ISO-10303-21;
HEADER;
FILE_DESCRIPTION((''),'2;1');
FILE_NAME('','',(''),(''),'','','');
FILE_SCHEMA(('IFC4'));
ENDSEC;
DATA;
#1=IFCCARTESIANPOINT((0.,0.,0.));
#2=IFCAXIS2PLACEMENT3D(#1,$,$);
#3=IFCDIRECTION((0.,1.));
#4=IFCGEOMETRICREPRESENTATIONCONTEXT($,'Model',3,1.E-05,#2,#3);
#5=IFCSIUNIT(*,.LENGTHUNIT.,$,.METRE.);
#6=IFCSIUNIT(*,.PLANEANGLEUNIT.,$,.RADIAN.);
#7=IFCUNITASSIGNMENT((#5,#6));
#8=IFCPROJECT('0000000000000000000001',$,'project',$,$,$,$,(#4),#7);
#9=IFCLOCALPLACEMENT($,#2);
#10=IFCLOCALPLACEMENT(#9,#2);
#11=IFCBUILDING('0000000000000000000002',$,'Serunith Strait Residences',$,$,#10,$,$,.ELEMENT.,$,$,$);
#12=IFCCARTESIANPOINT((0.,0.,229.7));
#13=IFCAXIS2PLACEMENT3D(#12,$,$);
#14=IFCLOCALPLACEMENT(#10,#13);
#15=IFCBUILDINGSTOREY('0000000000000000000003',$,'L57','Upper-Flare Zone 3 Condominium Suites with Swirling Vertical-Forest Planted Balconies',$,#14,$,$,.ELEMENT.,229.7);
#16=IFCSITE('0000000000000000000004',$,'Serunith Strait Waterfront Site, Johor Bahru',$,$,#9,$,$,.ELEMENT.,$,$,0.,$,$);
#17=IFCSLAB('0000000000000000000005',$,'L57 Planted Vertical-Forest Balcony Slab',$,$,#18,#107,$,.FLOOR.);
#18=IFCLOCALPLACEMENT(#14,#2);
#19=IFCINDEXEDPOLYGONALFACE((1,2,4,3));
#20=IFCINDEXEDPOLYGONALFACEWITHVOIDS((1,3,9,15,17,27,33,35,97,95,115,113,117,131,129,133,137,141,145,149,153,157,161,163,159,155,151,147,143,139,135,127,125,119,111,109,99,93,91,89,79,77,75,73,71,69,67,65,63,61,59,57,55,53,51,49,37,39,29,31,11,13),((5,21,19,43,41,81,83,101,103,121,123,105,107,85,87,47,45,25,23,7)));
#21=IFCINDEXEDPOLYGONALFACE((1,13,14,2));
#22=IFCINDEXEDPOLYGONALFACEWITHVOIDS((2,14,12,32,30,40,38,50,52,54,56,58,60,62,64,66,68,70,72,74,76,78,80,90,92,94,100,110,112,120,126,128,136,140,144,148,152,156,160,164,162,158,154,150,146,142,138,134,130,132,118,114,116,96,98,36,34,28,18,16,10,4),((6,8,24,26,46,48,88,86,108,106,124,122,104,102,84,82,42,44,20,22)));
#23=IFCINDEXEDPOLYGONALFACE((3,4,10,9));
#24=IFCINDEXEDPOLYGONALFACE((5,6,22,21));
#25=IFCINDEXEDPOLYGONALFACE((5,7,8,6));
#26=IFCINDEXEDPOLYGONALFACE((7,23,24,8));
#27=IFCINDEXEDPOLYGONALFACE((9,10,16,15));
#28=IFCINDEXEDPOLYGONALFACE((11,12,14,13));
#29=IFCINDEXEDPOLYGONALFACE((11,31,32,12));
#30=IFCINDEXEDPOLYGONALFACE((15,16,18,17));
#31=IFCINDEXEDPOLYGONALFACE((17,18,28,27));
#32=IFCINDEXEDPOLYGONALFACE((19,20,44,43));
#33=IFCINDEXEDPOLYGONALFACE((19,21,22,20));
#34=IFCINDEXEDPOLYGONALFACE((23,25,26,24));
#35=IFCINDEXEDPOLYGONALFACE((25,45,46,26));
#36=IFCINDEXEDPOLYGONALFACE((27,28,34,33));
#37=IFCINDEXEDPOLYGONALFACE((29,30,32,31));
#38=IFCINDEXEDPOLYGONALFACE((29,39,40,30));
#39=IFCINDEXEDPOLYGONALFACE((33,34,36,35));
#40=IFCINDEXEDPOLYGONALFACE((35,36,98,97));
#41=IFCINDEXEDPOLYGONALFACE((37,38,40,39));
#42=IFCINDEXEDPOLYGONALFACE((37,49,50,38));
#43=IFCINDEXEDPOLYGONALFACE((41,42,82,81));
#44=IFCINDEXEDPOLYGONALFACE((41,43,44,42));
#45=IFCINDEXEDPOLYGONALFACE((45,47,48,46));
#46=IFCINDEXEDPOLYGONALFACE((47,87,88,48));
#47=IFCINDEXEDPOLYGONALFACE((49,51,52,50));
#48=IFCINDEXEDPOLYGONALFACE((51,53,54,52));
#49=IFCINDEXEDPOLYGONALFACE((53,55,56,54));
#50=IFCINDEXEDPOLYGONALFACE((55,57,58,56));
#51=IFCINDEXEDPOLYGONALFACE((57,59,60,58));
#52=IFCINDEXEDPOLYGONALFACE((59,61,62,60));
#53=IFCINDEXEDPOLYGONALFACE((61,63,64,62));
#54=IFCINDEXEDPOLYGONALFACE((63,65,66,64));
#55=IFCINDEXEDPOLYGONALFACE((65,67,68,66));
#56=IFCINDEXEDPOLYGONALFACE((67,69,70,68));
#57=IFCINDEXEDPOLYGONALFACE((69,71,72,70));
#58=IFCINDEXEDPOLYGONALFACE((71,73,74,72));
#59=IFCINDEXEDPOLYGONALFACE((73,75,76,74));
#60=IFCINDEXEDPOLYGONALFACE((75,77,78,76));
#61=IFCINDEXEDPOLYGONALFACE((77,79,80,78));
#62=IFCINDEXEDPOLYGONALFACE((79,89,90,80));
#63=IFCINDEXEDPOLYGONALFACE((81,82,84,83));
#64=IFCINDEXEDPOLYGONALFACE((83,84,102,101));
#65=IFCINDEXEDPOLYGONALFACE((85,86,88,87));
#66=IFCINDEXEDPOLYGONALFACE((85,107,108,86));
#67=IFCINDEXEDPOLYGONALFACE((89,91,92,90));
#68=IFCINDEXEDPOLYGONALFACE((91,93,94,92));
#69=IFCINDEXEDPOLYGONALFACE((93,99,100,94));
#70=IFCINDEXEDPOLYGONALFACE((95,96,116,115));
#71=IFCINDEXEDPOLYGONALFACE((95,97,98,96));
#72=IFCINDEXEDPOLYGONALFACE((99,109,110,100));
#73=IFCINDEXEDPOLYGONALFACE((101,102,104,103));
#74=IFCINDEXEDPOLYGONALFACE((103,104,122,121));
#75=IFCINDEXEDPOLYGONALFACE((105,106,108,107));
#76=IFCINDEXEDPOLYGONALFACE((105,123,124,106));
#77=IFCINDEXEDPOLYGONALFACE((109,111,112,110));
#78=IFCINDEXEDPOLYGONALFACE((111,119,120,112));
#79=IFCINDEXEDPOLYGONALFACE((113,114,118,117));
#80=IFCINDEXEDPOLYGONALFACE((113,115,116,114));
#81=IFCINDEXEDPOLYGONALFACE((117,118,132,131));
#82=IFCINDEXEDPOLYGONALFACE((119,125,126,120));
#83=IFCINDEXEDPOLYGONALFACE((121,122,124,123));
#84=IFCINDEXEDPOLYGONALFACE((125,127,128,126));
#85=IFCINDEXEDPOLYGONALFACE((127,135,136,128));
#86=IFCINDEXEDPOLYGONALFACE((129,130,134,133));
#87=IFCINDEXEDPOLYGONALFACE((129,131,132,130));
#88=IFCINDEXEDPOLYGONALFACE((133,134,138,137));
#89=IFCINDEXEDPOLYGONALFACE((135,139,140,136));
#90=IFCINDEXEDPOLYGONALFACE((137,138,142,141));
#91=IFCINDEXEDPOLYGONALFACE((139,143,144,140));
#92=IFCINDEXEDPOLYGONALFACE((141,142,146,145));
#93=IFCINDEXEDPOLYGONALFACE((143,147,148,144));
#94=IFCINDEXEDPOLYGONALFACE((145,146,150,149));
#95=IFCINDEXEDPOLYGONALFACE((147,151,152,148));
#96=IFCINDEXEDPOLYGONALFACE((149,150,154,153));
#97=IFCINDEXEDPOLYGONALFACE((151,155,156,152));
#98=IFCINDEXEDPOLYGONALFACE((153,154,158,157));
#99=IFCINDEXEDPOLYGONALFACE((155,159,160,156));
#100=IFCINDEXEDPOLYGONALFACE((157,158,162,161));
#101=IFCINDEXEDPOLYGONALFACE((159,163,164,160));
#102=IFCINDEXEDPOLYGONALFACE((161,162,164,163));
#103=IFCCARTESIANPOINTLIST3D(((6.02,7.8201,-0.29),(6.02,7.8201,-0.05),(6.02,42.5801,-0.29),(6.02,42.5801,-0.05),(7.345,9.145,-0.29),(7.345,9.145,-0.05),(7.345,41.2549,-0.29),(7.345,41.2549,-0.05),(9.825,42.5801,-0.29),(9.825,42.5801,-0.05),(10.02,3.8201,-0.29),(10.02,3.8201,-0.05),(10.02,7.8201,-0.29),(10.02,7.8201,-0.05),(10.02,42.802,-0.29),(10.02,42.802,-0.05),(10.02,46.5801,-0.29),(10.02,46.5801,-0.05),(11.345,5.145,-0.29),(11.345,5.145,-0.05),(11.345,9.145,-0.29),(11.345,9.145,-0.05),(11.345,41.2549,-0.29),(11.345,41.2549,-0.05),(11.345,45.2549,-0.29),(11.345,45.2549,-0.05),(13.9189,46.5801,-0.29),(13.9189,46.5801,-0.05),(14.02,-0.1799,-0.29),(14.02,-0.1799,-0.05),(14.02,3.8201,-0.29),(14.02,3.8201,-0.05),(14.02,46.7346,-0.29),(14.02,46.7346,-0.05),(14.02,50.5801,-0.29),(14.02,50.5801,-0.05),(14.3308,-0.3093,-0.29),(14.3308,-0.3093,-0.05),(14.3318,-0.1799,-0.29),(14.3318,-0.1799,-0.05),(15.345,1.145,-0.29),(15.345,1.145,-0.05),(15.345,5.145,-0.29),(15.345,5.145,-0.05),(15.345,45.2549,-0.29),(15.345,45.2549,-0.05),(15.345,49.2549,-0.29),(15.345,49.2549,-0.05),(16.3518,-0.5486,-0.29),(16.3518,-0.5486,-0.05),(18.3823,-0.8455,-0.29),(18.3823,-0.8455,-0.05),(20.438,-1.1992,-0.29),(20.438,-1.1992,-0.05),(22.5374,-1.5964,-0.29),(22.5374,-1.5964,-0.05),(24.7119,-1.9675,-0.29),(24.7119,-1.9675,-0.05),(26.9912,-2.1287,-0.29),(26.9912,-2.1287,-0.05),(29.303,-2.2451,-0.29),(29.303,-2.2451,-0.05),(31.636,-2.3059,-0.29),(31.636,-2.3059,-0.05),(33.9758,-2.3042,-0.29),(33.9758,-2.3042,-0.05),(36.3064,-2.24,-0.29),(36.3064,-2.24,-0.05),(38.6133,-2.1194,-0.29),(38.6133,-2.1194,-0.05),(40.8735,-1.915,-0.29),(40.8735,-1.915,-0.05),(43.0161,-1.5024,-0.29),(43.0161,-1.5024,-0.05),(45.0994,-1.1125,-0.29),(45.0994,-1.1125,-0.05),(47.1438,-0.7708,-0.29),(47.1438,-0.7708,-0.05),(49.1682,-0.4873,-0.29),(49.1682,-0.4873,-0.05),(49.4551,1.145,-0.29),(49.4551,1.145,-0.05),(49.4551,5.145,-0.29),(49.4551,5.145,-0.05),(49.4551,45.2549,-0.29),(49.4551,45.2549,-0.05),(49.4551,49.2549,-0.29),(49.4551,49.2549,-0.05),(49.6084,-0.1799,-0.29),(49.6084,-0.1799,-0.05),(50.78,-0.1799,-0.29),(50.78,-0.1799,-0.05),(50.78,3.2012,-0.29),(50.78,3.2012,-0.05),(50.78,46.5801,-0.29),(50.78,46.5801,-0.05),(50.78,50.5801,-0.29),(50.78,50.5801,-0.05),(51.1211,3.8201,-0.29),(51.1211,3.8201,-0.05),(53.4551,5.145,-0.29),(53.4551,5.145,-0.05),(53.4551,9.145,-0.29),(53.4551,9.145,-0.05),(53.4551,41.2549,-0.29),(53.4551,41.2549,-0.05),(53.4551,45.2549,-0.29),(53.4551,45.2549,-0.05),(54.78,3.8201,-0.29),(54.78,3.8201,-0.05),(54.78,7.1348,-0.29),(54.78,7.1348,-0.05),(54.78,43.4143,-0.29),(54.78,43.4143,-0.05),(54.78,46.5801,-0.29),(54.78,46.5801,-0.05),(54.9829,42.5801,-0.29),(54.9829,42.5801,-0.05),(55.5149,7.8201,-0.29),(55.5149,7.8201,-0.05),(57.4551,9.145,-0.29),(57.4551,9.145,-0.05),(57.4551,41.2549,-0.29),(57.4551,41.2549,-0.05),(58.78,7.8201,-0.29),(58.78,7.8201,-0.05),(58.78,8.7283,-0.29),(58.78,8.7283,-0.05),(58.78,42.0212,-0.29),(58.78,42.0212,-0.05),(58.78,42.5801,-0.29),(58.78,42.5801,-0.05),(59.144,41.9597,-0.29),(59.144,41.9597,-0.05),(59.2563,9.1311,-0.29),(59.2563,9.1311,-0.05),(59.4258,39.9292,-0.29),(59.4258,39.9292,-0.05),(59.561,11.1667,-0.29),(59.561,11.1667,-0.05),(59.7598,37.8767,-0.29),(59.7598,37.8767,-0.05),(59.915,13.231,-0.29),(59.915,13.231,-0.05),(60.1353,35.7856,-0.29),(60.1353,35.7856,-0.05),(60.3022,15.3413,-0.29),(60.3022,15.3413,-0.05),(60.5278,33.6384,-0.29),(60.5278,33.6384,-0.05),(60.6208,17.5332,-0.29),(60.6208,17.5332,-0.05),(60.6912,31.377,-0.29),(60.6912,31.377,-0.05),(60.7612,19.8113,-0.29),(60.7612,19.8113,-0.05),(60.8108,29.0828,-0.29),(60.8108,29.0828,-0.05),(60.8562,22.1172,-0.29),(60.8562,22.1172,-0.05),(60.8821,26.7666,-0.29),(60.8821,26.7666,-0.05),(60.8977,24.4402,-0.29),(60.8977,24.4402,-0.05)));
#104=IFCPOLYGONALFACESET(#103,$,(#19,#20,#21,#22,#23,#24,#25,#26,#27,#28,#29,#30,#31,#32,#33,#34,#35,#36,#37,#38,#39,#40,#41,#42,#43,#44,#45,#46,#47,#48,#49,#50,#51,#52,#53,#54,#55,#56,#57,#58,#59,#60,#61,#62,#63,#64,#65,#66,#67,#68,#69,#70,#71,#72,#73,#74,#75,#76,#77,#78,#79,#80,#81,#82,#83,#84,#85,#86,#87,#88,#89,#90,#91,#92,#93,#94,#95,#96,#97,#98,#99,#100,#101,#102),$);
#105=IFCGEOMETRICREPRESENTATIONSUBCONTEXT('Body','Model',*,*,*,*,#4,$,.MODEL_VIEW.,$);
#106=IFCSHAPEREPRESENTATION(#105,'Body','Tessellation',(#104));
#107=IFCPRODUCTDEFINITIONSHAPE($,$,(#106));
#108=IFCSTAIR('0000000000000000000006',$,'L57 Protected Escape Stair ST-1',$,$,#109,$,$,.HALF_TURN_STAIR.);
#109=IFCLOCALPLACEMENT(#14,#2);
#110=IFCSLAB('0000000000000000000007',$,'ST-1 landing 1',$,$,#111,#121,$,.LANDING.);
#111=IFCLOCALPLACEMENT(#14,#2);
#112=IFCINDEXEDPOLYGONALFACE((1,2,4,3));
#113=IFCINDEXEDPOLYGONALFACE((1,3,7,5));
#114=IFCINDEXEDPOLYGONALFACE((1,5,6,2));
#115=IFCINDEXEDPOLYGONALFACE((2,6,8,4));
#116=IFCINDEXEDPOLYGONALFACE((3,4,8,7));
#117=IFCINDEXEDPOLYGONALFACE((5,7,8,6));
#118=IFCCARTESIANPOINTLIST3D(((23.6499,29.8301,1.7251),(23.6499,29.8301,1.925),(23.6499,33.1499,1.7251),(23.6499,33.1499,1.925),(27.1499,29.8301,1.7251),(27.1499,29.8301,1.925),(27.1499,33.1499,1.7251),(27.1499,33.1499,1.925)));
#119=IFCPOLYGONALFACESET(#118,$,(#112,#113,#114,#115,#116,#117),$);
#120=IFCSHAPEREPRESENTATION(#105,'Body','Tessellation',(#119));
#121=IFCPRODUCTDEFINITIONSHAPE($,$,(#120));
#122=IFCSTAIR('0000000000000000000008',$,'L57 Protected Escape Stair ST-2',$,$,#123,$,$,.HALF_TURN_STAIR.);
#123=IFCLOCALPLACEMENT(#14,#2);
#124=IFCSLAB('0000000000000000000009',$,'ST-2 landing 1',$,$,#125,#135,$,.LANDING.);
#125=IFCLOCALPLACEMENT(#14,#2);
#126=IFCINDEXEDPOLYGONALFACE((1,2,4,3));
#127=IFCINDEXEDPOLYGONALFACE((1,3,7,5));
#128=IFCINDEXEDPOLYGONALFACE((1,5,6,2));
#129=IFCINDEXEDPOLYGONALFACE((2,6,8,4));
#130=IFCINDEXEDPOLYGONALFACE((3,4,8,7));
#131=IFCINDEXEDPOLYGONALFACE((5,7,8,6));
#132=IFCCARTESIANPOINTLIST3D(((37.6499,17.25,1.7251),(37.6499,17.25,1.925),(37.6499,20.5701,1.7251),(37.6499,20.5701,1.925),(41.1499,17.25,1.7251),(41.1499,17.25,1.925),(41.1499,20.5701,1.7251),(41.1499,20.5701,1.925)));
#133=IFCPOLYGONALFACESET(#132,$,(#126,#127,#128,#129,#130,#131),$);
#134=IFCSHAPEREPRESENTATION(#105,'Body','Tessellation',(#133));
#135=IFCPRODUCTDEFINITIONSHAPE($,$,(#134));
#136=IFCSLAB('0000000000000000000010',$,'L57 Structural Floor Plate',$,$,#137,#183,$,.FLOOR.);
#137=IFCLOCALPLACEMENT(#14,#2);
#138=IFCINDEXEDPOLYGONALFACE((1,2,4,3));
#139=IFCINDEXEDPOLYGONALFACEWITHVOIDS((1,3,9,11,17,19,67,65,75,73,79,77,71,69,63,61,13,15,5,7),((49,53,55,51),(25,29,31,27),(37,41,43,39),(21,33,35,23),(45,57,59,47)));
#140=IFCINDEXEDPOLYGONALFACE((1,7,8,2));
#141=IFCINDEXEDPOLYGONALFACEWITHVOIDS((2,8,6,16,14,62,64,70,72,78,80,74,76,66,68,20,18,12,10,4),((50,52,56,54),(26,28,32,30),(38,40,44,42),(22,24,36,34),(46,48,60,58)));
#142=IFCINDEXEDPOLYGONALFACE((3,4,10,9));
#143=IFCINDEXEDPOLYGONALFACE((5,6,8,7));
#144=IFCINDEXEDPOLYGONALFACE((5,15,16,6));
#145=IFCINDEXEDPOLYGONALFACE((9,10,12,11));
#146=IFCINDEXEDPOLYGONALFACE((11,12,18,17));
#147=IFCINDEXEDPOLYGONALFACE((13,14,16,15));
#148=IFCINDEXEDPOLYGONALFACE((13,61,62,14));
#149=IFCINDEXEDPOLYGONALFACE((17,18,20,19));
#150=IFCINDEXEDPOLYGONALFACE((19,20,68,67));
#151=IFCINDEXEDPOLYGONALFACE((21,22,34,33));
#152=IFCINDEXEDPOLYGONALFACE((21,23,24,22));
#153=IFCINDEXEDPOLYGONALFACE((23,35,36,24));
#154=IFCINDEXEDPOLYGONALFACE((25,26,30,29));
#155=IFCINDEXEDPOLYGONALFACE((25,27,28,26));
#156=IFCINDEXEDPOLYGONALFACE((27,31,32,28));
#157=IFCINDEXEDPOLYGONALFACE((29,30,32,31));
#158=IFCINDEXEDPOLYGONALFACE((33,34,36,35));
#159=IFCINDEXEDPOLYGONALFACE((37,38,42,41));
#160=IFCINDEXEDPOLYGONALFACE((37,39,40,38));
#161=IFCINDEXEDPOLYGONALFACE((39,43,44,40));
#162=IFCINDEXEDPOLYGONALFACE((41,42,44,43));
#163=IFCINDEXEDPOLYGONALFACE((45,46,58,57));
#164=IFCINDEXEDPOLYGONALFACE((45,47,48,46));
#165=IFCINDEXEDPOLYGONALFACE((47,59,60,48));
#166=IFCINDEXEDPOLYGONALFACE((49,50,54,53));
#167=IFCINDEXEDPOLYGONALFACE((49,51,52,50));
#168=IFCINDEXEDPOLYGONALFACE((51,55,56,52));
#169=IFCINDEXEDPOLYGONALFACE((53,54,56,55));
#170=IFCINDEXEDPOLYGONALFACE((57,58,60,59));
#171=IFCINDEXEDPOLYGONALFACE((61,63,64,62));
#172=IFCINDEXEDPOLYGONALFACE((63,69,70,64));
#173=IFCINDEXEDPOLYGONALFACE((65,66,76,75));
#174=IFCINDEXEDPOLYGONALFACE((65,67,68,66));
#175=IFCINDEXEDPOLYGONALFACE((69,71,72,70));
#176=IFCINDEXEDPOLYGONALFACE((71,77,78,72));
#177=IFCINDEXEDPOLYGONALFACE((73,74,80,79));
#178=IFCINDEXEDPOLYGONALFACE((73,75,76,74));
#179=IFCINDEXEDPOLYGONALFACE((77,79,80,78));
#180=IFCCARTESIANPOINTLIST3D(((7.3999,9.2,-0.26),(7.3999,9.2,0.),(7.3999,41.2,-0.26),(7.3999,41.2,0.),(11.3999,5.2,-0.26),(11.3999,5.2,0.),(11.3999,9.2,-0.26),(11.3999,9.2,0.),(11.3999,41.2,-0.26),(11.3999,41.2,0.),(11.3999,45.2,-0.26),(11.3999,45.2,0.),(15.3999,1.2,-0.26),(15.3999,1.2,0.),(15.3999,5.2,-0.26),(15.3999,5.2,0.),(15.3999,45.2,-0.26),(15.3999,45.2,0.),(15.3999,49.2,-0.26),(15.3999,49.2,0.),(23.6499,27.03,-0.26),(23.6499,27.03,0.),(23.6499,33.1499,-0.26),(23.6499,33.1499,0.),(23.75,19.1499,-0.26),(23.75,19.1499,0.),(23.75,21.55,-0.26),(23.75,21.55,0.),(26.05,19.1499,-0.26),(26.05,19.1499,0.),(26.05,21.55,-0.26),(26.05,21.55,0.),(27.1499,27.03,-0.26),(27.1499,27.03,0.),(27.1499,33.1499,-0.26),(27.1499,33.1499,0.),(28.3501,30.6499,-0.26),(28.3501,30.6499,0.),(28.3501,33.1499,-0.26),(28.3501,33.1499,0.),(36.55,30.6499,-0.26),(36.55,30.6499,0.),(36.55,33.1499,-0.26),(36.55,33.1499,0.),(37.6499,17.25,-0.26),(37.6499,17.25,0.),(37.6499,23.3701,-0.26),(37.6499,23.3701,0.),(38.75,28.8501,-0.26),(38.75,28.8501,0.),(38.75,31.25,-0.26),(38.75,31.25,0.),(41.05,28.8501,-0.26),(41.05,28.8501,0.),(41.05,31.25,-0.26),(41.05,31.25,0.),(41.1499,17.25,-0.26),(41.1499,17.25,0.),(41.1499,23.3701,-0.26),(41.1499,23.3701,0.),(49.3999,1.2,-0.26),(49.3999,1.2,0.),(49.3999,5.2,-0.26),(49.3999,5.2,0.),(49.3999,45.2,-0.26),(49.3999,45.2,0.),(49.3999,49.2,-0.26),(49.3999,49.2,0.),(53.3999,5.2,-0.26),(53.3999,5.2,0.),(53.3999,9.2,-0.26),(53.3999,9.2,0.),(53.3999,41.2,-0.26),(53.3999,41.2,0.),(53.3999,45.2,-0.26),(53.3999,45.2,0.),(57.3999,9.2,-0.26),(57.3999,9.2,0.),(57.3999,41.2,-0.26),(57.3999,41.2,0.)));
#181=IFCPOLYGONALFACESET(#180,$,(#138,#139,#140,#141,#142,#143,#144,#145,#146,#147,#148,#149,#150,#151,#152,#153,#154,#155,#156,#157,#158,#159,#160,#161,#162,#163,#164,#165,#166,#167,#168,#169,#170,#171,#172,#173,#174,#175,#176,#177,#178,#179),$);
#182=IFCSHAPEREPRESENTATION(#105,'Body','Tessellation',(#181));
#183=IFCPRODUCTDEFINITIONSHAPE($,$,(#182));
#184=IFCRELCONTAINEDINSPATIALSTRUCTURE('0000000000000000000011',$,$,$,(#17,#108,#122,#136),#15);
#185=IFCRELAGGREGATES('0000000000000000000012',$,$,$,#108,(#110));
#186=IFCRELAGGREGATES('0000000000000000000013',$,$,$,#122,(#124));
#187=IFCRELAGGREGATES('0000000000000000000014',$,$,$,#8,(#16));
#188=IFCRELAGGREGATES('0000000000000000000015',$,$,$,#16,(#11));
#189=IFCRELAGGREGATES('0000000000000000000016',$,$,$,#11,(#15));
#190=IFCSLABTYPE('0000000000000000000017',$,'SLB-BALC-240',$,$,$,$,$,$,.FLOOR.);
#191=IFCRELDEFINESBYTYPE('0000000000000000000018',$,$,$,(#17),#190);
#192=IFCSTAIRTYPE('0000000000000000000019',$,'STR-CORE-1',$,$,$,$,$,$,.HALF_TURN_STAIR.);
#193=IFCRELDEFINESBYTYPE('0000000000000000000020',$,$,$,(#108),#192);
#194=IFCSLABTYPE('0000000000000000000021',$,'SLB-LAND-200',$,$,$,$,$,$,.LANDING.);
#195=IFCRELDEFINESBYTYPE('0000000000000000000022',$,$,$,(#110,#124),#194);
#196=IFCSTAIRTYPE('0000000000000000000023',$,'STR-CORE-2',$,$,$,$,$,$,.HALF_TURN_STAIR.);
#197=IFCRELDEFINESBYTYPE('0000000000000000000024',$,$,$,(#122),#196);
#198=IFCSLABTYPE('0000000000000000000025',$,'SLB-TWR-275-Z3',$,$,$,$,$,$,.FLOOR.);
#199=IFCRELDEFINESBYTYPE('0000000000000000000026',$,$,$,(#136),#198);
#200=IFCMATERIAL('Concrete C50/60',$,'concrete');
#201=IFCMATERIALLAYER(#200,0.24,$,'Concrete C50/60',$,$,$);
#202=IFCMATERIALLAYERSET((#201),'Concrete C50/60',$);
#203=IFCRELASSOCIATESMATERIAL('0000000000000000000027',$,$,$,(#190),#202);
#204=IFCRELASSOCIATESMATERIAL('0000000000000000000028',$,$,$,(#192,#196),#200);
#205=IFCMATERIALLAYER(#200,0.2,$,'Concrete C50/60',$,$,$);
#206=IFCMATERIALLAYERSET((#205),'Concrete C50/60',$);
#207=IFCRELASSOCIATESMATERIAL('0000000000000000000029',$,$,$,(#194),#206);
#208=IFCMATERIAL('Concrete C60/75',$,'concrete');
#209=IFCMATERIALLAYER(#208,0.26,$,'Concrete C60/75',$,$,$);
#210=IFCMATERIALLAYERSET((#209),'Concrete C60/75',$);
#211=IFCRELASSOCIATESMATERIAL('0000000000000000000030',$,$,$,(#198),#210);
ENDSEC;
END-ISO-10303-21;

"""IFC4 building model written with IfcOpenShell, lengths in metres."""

from ifc_helpers import new_model, si_unit, direction, frame, origin, place, context, subcontext, project, spatial, polyline, outline, extrude, material, layer, layer_set, type_object, element, aggregate, save


model = new_model("IFC4")

# Units and contexts
model_context = context("Model", 3, precision=1e-05, world=origin(), true_north=direction((0.0, 1.0)))
body_context = subcontext(model_context, "Body", "Model", "MODEL_VIEW")
ifc_project = project(units=[si_unit("LENGTHUNIT", "METRE"), si_unit("PLANEANGLEUNIT", "RADIAN")], contexts=[model_context])

# Site, building, storey
site_placement = place(None, origin())
site = spatial("IfcSite", under=ifc_project, at=site_placement, Name="Serunith Strait Waterfront Site, Johor Bahru", CompositionType="ELEMENT", RefElevation=0.0)
building_placement = place(site_placement, origin())
building = spatial("IfcBuilding", under=site, at=building_placement, Name="Serunith Strait Residences", CompositionType="ELEMENT")
storey_placement = place(building_placement, frame((0.0, 0.0, 229.7)))
storey = spatial("IfcBuildingStorey", under=building, at=storey_placement, Name="L57", Description="Upper-Flare Zone 3 Condominium Suites with Swirling Vertical-Forest Planted Balconies", CompositionType="ELEMENT", Elevation=229.7)

# Slab
ifc_material_1 = material(Name="Concrete C50/60", Category="concrete")
ifc_layer_1 = layer(ifc_material_1, 0.24, Name="Concrete C50/60")
ifc_layer_set_1 = layer_set([ifc_layer_1], Name="Concrete C50/60")
slab_type_1 = type_object("IfcSlabType", Name="SLB-BALC-240", PredefinedType="FLOOR", material=ifc_layer_set_1)
slab_1_placement = place(storey_placement, frame((0.0, 0.0, -0.29)))
element("IfcSlab", 1, at=slab_1_placement, inside=storey, type_object=slab_type_1, Name="L57 Planted Vertical-Forest Balcony Slab", PredefinedType="FLOOR", context=body_context, shape_type="SweptSolid", body=[
    extrude(outline(polyline([(14.02, -0.1799), (14.02, 3.8201), (10.02, 3.8201), (10.02, 7.8201), (6.02, 7.8201), (6.02, 42.5801), (9.825, 42.5801), (10.02, 42.802), (10.02, 46.5801), (13.9189, 46.5801), (14.02, 46.7346), (14.02, 50.5801), (50.78, 50.5801), (50.78, 46.5801), (54.78, 46.5801), (54.78, 43.4143), (54.9829, 42.5801), (58.78, 42.5801), (58.78, 42.0212), (59.144, 41.9597), (59.4258, 39.9292), (59.7598, 37.8767), (60.1353, 35.7856), (60.5278, 33.6384), (60.6912, 31.377), (60.8108, 29.0828), (60.8821, 26.7666), (60.8977, 24.4402), (60.8562, 22.1172), (60.7612, 19.8113), (60.6208, 17.5332), (60.3022, 15.3413), (59.915, 13.231), (59.561, 11.1667), (59.2563, 9.1311), (58.78, 8.7283), (58.78, 7.8201), (55.5149, 7.8201), (54.78, 7.1348), (54.78, 3.8201), (51.1211, 3.8201), (50.78, 3.2012), (50.78, -0.1799), (49.6084, -0.1799), (49.1682, -0.4873), (47.1438, -0.7708), (45.0994, -1.1125), (43.0161, -1.5024), (40.8735, -1.915), (38.6133, -2.1194), (36.3064, -2.24), (33.9758, -2.3042), (31.636, -2.3059), (29.303, -2.2451), (26.9912, -2.1287), (24.7119, -1.9675), (22.5374, -1.5964), (20.438, -1.1992), (18.3823, -0.8455), (16.3518, -0.5486), (14.3308, -0.3093), (14.3318, -0.1799), (14.02, -0.1799)]), holes=[polyline([(49.4551, 1.145), (49.4551, 5.145), (53.4551, 5.145), (53.4551, 9.145), (57.4551, 9.145), (57.4551, 41.2549), (53.4551, 41.2549), (53.4551, 45.2549), (49.4551, 45.2549), (49.4551, 49.2549), (15.345, 49.2549), (15.345, 45.2549), (11.345, 45.2549), (11.345, 41.2549), (7.345, 41.2549), (7.345, 9.145), (11.345, 9.145), (11.345, 5.145), (15.345, 5.145), (15.345, 1.145), (49.4551, 1.145)])]), origin(), (0.0, 0.0, 1.0), 0.24),
])

# Stairs, slabs
stair_type_1 = type_object("IfcStairType", Name="STR-CORE-1", PredefinedType="HALF_TURN_STAIR", material=ifc_material_1)
stair_1_placement = place(storey_placement, origin())
stair_1 = element("IfcStair", 2, at=stair_1_placement, inside=storey, type_object=stair_type_1, Name="L57 Protected Escape Stair ST-1", PredefinedType="HALF_TURN_STAIR")
ifc_layer_2 = layer(ifc_material_1, 0.2, Name="Concrete C50/60")
ifc_layer_set_2 = layer_set([ifc_layer_2], Name="Concrete C50/60")
slab_type_2 = type_object("IfcSlabType", Name="SLB-LAND-200", PredefinedType="LANDING", material=ifc_layer_set_2)
slab_2_placement = place(storey_placement, frame((0.0, 0.0, 1.7251)))
slab_2 = element("IfcSlab", 3, at=slab_2_placement, type_object=slab_type_2, Name="ST-1 landing 1", PredefinedType="LANDING", context=body_context, shape_type="SweptSolid", body=[
    extrude(outline(polyline([(27.1499, 29.8301), (27.1499, 33.1499), (23.6499, 33.1499), (23.6499, 29.8301), (27.1499, 29.8301)])), origin(), (0.0, 0.0, 1.0), 0.2),
])
aggregate(stair_1, [slab_2])
stair_type_2 = type_object("IfcStairType", Name="STR-CORE-2", PredefinedType="HALF_TURN_STAIR", material=ifc_material_1)
stair_2_placement = place(storey_placement, origin())
stair_2 = element("IfcStair", 4, at=stair_2_placement, inside=storey, type_object=stair_type_2, Name="L57 Protected Escape Stair ST-2", PredefinedType="HALF_TURN_STAIR")
slab_3_placement = place(storey_placement, frame((0.0, 0.0, 1.7251)))
slab_3 = element("IfcSlab", 5, at=slab_3_placement, type_object=slab_type_2, Name="ST-2 landing 1", PredefinedType="LANDING", context=body_context, shape_type="SweptSolid", body=[
    extrude(outline(polyline([(37.6499, 20.5701), (37.6499, 17.25), (41.1499, 17.25), (41.1499, 20.5701), (37.6499, 20.5701)])), origin(), (0.0, 0.0, 1.0), 0.2),
])
aggregate(stair_2, [slab_3])

# Slab
ifc_material_2 = material(Name="Concrete C60/75", Category="concrete")
ifc_layer_3 = layer(ifc_material_2, 0.26, Name="Concrete C60/75")
ifc_layer_set_3 = layer_set([ifc_layer_3], Name="Concrete C60/75")
slab_type_3 = type_object("IfcSlabType", Name="SLB-TWR-275-Z3", PredefinedType="FLOOR", material=ifc_layer_set_3)
slab_4_placement = place(storey_placement, frame((0.0, 0.0, -0.26)))
element("IfcSlab", 6, at=slab_4_placement, inside=storey, type_object=slab_type_3, Name="L57 Structural Floor Plate", PredefinedType="FLOOR", context=body_context, shape_type="SweptSolid", body=[
    extrude(outline(polyline([(15.3999, 5.2), (11.3999, 5.2), (11.3999, 9.2), (7.3999, 9.2), (7.3999, 41.2), (11.3999, 41.2), (11.3999, 45.2), (15.3999, 45.2), (15.3999, 49.2), (49.3999, 49.2), (49.3999, 45.2), (53.3999, 45.2), (53.3999, 41.2), (57.3999, 41.2), (57.3999, 9.2), (53.3999, 9.2), (53.3999, 5.2), (49.3999, 5.2), (49.3999, 1.2), (15.3999, 1.2), (15.3999, 5.2)]), holes=[polyline([(41.1499, 23.3701), (37.6499, 23.3701), (37.6499, 17.25), (41.1499, 17.25), (41.1499, 23.3701)]), polyline([(38.75, 31.25), (38.75, 28.8501), (41.05, 28.8501), (41.05, 31.25), (38.75, 31.25)]), polyline([(36.55, 33.1499), (28.3501, 33.1499), (28.3501, 30.6499), (36.55, 30.6499), (36.55, 33.1499)]), polyline([(23.6499, 33.1499), (23.6499, 27.03), (27.1499, 27.03), (27.1499, 33.1499), (23.6499, 33.1499)]), polyline([(23.75, 21.55), (23.75, 19.1499), (26.05, 19.1499), (26.05, 21.55), (23.75, 21.55)])]), origin(), (0.0, 0.0, 1.0), 0.26),
])

save(model, "model.ifc")
